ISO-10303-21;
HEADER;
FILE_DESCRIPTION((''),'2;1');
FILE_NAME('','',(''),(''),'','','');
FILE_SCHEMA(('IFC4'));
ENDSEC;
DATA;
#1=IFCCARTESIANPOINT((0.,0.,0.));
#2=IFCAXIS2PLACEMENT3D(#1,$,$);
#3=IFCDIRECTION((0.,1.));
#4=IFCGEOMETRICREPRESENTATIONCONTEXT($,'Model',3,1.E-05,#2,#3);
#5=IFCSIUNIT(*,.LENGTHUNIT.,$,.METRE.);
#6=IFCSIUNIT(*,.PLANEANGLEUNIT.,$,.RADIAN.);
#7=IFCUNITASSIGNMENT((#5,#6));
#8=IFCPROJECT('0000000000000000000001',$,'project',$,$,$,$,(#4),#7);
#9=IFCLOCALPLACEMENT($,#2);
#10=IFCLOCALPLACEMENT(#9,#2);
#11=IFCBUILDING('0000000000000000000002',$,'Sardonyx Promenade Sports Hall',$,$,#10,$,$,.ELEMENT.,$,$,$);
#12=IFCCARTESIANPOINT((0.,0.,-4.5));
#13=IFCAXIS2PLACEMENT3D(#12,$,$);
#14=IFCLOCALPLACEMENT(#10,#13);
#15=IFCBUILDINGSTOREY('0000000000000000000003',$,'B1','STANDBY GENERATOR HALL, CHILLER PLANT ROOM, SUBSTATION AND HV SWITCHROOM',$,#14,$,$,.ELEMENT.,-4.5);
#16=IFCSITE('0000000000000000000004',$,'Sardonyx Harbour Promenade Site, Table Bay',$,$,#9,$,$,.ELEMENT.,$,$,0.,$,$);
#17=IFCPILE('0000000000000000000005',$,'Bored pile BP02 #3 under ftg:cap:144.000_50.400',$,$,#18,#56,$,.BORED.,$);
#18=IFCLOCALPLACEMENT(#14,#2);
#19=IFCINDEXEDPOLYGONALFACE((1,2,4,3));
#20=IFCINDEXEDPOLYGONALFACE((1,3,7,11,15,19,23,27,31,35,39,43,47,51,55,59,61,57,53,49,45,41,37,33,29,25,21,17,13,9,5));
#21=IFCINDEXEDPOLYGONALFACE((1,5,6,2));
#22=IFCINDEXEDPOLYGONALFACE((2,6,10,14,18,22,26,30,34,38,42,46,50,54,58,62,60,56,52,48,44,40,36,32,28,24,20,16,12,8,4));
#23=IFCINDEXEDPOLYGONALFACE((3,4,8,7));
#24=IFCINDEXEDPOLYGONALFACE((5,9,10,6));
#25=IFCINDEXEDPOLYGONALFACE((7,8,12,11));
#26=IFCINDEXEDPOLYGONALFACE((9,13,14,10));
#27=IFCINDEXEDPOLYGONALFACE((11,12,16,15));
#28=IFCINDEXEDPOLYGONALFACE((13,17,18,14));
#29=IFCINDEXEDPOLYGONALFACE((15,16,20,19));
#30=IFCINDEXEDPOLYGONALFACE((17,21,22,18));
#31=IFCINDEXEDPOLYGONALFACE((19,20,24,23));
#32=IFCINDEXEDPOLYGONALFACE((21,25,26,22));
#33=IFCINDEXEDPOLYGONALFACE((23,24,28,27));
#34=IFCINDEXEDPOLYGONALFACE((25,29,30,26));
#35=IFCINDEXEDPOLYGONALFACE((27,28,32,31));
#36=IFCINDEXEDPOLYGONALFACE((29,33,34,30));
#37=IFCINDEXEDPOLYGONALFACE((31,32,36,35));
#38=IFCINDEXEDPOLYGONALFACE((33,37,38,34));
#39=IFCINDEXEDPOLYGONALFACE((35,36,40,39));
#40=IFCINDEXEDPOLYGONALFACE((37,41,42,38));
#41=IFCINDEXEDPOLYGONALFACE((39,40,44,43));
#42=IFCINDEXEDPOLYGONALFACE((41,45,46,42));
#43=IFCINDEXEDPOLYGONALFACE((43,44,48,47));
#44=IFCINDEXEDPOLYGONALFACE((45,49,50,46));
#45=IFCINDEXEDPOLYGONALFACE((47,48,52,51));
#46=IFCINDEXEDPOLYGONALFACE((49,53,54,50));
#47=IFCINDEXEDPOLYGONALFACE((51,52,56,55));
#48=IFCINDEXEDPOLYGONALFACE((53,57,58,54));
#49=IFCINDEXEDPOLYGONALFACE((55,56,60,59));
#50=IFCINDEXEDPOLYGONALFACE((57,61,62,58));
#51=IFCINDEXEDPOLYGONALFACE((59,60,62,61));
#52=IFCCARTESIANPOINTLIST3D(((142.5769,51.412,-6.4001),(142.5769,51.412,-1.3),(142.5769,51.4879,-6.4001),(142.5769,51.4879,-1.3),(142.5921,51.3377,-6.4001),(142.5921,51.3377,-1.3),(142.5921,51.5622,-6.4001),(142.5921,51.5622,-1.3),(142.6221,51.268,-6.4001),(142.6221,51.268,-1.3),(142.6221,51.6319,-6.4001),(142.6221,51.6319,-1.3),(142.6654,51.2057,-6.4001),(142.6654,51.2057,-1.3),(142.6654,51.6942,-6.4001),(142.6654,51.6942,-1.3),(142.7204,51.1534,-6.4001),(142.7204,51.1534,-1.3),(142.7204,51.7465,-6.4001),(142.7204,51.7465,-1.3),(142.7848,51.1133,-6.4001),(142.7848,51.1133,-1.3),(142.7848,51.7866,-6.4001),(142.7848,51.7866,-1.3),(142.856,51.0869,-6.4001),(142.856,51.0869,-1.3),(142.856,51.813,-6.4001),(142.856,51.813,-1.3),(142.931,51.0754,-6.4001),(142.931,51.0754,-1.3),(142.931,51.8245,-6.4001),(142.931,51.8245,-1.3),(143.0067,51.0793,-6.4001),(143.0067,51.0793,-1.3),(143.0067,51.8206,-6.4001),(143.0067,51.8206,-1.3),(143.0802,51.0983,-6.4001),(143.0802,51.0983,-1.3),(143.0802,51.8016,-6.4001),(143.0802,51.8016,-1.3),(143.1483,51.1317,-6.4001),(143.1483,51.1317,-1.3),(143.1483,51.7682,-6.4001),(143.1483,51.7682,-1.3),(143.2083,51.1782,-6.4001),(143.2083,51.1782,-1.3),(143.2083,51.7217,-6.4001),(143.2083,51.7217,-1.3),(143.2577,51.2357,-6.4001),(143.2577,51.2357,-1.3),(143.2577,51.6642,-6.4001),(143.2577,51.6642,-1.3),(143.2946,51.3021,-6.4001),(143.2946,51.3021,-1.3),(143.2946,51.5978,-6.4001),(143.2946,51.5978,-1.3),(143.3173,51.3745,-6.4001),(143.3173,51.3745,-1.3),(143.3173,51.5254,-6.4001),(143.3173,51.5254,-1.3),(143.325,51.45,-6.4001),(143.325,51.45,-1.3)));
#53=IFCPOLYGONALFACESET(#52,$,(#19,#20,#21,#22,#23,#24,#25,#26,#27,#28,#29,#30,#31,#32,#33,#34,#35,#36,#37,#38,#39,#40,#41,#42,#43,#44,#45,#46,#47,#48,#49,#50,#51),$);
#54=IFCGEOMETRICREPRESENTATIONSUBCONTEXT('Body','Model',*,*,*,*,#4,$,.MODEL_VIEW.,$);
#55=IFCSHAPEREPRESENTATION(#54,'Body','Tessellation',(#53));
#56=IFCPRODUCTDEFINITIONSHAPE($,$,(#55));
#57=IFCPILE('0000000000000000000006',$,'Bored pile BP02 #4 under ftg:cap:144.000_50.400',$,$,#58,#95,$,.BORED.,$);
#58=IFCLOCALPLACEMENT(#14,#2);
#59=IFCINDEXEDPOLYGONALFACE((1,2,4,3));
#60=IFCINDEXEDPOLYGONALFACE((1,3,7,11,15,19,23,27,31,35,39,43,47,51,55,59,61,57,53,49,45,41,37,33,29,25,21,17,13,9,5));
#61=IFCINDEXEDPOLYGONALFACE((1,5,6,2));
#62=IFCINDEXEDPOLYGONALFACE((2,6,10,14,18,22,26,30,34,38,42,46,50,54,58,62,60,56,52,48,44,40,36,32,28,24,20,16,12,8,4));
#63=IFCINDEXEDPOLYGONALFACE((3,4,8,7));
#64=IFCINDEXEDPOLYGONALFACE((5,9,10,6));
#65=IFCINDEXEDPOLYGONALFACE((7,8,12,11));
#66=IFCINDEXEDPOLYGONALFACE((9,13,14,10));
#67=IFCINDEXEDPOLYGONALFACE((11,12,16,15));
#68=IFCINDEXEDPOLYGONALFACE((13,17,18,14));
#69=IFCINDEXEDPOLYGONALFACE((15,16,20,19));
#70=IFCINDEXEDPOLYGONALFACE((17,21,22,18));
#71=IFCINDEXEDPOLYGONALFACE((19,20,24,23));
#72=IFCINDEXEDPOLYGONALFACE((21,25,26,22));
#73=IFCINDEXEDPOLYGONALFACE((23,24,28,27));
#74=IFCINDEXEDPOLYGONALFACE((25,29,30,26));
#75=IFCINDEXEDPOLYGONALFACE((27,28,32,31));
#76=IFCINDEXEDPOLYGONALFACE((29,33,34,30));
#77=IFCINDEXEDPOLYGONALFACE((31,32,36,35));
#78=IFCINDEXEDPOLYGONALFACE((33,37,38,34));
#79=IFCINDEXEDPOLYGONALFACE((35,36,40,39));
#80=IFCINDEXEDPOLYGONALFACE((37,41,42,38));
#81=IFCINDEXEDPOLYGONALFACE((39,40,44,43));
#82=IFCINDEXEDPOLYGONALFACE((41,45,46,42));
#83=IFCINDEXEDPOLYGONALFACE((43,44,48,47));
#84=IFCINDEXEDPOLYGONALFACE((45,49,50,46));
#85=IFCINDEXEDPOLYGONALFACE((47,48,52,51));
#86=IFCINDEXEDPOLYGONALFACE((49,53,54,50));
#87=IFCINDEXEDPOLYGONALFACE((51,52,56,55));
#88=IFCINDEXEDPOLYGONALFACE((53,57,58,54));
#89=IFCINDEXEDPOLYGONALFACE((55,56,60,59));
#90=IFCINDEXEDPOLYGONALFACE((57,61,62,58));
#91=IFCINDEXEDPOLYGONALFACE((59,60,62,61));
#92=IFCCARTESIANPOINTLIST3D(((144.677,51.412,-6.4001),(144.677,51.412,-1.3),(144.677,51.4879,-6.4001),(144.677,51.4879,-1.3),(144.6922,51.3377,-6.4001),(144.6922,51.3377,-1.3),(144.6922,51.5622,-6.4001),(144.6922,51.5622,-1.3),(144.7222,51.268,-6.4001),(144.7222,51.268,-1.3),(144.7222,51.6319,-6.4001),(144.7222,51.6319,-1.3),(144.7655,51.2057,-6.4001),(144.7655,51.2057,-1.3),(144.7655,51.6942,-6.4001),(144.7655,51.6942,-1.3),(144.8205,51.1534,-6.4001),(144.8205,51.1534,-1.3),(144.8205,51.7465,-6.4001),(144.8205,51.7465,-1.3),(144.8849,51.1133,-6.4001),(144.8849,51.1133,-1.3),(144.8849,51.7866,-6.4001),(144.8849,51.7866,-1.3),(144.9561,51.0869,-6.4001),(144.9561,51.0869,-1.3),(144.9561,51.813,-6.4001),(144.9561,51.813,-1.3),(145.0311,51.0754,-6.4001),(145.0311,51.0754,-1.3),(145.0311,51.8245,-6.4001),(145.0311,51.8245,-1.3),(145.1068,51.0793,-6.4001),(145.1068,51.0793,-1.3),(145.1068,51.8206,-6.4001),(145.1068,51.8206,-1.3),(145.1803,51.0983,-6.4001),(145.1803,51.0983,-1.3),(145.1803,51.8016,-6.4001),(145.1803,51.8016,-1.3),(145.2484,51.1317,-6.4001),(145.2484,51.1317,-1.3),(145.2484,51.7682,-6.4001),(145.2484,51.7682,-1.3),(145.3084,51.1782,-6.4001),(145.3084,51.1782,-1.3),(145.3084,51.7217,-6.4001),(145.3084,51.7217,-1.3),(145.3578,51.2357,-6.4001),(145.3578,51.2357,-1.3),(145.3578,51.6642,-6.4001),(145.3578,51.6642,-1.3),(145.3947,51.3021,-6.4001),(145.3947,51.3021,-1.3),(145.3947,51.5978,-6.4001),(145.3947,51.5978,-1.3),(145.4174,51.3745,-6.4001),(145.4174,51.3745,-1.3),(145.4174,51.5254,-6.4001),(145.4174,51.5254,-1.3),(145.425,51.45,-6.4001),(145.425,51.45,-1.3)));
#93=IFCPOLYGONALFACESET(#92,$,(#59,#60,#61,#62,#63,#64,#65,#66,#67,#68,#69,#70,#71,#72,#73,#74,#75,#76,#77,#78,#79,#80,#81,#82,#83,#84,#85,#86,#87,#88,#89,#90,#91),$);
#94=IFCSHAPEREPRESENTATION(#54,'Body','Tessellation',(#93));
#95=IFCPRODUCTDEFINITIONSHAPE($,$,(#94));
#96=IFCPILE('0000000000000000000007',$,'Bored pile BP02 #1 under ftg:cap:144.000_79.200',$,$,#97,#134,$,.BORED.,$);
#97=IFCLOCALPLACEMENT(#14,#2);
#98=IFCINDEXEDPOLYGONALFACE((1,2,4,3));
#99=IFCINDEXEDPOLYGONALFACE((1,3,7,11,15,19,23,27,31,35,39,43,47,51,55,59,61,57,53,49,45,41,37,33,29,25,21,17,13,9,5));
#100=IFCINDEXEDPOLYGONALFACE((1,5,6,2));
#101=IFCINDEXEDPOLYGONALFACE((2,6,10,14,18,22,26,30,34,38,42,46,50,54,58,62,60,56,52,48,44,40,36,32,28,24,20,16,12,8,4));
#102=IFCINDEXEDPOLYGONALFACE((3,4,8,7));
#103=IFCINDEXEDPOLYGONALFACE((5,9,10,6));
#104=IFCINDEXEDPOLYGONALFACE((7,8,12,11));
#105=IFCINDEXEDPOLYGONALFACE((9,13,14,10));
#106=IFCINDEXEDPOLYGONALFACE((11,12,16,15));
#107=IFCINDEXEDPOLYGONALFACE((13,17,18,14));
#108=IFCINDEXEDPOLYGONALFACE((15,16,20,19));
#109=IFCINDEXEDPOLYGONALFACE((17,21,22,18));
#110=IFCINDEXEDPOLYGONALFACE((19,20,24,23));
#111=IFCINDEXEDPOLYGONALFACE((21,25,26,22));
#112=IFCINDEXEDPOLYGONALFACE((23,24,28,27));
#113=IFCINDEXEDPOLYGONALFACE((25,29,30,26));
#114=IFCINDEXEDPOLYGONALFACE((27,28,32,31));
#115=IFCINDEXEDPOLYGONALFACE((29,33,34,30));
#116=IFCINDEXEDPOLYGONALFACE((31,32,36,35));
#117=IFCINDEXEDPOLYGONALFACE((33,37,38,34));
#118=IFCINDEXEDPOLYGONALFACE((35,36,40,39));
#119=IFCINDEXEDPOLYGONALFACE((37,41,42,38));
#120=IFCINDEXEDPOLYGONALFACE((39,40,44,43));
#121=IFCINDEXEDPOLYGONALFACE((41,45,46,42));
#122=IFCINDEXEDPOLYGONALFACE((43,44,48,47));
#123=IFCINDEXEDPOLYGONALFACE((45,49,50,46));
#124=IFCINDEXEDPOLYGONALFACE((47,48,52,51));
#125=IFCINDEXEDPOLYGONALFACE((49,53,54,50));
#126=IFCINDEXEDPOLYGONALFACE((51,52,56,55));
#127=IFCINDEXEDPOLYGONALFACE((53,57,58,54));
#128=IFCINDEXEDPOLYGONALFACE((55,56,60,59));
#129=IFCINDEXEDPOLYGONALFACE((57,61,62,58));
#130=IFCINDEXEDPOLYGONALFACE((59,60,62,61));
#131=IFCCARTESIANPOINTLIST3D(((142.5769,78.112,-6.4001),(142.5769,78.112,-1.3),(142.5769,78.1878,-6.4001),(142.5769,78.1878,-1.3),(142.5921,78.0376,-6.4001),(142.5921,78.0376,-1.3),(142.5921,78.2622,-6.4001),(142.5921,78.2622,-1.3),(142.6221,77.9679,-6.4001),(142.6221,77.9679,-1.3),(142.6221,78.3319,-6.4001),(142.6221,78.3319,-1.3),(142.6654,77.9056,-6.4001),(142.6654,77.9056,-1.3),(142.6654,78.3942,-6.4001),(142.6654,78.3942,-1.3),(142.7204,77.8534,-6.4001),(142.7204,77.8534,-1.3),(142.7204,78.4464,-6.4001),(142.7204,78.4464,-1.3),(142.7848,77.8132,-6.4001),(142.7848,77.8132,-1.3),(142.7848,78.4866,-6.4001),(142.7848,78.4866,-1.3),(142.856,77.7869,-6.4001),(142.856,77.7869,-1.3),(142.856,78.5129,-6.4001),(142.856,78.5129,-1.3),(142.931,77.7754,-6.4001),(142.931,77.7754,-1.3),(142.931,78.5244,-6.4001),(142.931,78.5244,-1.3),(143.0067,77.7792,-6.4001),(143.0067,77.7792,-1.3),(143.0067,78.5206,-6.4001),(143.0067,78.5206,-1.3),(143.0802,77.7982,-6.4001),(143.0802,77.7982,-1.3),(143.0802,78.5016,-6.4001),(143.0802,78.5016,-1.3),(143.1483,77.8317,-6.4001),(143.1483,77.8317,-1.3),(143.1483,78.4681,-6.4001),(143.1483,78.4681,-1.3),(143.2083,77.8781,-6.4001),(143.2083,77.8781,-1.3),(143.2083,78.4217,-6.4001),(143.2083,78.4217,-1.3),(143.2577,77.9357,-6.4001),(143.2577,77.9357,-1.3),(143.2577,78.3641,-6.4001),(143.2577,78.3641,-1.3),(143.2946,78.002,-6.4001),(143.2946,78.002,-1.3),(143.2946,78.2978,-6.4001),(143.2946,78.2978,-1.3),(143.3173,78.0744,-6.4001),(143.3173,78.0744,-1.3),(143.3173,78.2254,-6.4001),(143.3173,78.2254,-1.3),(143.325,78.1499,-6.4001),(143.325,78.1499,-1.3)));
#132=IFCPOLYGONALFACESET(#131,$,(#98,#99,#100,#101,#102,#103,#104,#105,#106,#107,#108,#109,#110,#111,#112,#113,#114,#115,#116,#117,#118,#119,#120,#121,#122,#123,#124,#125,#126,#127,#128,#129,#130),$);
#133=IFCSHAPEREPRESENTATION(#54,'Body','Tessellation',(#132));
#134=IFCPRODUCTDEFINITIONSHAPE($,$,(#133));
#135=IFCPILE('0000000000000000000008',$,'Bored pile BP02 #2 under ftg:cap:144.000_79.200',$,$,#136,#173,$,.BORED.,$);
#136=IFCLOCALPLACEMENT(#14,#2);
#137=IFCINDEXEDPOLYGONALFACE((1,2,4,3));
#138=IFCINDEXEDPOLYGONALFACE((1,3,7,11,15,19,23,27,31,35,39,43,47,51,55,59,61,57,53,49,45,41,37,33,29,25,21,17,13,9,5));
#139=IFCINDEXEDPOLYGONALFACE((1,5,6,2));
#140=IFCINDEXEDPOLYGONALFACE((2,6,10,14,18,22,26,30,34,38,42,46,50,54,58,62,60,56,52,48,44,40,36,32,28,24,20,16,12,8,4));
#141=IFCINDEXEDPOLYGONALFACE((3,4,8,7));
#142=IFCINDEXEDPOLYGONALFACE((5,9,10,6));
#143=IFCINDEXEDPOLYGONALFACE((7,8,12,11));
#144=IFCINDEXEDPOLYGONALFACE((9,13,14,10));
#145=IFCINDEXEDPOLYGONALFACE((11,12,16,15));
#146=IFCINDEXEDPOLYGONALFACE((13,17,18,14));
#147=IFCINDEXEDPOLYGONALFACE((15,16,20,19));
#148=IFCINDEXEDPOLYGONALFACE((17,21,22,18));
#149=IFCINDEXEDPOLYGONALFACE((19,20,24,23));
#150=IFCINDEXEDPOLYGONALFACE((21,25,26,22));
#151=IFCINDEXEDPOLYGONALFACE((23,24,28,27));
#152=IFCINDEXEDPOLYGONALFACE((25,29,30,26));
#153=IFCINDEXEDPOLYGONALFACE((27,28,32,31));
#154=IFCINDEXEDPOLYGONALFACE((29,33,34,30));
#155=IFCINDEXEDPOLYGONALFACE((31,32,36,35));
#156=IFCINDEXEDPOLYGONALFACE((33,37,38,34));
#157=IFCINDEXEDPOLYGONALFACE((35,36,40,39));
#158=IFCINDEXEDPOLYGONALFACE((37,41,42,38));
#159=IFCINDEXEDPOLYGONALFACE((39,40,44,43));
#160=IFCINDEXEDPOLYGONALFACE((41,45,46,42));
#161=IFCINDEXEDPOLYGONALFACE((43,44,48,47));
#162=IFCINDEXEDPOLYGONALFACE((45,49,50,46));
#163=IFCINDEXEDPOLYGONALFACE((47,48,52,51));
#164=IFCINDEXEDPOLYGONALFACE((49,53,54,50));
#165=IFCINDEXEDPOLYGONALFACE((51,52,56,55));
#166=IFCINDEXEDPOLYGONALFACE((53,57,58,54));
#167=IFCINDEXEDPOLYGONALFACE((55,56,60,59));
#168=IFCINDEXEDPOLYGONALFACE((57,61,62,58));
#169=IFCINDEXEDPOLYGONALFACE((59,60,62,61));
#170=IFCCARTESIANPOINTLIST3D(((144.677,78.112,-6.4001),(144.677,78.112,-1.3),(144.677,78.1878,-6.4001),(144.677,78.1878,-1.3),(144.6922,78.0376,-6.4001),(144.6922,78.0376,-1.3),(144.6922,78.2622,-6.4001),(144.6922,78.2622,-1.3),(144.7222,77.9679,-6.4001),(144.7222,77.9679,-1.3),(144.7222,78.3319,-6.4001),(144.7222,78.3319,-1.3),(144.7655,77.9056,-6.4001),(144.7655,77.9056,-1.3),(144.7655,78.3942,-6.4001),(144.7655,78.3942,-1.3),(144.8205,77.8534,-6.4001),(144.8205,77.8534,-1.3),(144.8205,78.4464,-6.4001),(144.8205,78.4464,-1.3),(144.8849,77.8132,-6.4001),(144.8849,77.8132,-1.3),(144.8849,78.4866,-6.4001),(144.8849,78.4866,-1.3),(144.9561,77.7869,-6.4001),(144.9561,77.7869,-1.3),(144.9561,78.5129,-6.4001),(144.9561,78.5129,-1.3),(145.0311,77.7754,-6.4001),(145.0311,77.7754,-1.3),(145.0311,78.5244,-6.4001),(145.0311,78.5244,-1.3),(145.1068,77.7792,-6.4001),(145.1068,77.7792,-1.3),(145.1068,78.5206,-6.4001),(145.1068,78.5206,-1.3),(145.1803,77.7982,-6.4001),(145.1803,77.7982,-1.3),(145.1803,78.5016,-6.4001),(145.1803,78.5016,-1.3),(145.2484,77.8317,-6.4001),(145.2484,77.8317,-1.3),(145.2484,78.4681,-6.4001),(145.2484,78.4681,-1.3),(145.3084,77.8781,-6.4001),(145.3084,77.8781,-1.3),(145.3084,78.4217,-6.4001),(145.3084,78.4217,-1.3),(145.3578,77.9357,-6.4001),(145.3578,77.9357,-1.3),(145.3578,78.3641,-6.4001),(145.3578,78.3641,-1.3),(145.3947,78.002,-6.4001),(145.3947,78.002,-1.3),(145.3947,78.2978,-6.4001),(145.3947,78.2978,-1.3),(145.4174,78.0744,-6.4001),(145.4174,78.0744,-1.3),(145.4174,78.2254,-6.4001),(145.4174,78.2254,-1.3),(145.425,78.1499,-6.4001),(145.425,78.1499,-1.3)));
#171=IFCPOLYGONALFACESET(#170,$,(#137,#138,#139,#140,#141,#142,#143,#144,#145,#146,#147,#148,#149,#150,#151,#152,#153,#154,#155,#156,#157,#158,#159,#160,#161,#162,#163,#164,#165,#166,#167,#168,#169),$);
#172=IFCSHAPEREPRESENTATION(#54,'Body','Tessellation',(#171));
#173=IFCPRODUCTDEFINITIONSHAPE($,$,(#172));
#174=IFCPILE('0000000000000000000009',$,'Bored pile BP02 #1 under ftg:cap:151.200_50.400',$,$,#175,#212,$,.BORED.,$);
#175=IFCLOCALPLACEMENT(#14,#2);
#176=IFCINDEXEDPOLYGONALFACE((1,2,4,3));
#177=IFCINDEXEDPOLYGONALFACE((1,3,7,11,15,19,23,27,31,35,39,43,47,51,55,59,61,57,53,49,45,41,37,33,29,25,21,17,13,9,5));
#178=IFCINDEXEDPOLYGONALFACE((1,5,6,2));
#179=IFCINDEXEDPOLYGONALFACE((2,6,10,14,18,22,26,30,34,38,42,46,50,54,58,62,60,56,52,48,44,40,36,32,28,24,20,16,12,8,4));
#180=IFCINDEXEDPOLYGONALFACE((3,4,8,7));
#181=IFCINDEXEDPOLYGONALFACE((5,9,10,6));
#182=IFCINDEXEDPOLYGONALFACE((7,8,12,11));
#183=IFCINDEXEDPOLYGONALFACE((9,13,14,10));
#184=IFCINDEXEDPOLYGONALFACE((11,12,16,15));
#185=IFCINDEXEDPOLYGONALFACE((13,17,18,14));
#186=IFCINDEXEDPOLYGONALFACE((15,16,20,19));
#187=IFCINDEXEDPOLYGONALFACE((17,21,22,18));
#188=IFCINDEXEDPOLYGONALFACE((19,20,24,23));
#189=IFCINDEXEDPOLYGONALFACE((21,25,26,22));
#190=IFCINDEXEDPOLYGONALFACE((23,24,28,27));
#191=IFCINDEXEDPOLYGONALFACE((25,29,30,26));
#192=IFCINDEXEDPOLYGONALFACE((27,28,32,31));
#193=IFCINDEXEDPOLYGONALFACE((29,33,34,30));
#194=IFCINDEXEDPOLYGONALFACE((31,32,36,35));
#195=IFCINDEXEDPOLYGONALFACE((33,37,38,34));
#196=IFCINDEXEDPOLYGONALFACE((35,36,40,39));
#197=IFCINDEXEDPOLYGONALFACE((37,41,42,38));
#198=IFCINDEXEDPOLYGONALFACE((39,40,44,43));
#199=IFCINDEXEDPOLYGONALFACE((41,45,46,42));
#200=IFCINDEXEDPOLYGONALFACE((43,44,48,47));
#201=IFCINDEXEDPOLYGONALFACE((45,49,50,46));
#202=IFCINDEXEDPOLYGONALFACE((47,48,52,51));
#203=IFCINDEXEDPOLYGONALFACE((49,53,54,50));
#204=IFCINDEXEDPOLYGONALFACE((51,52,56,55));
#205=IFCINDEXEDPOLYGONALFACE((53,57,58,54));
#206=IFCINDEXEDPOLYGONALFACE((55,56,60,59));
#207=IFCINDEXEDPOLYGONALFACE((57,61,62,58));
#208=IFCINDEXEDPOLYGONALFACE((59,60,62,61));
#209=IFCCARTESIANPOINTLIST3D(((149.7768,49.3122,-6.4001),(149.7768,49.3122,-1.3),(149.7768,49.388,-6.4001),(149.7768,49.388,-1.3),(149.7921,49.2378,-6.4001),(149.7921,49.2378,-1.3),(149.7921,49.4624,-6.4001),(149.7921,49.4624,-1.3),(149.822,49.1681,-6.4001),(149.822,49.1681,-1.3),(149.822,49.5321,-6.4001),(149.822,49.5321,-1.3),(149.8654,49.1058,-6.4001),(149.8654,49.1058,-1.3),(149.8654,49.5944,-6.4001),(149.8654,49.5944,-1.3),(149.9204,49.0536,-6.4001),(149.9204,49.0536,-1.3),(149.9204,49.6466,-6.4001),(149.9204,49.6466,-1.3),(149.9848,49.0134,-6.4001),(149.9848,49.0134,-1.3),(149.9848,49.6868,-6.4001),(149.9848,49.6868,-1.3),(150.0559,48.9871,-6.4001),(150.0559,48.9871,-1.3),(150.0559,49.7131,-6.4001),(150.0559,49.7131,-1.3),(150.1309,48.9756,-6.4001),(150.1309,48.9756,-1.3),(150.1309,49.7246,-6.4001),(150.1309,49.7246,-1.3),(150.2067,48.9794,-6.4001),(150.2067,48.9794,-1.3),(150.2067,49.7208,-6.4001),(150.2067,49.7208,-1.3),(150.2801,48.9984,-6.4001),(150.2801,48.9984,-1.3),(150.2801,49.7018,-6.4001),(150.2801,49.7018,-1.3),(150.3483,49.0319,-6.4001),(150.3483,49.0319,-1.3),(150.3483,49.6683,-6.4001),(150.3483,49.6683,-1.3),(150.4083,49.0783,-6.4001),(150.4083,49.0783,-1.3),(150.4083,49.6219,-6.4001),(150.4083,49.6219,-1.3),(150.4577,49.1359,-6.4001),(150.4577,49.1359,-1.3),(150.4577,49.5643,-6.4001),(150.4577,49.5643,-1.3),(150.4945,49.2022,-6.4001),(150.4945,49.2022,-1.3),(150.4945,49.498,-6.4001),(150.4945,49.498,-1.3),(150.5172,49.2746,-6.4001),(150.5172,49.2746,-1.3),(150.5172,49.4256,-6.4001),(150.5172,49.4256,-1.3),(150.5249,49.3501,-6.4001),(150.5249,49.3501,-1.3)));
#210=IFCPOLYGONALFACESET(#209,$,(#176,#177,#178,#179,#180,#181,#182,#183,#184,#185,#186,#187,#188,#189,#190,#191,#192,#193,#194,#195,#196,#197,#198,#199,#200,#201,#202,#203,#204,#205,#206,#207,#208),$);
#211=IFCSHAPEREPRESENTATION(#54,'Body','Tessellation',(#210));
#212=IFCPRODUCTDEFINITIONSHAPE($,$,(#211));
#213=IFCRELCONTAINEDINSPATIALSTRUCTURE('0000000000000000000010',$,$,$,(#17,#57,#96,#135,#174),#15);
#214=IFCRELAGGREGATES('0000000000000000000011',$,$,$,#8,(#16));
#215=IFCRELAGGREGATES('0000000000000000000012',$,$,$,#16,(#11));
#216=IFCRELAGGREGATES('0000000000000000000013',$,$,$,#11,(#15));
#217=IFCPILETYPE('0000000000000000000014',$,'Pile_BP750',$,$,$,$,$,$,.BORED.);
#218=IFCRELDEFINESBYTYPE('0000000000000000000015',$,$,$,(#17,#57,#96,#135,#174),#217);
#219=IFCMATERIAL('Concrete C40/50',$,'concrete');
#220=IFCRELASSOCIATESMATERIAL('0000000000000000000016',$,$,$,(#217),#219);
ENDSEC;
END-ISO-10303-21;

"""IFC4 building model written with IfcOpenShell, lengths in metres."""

from ifc_helpers import new_model, si_unit, direction, frame, origin, origin_2d, place, context, subcontext, project, spatial, circle, extrude, material, material_profile, profile_set, type_object, element, save


model = new_model("IFC4")

# Units and contexts
model_context = context("Model", 3, precision=1e-05, world=origin(), true_north=direction((0.0, 1.0)))
body_context = subcontext(model_context, "Body", "Model", "MODEL_VIEW")
ifc_project = project(units=[si_unit("LENGTHUNIT", "METRE"), si_unit("PLANEANGLEUNIT", "RADIAN")], contexts=[model_context])

# Site, building, storey
site_placement = place(None, origin())
site = spatial("IfcSite", under=ifc_project, at=site_placement, Name="Sardonyx Harbour Promenade Site, Table Bay", CompositionType="ELEMENT", RefElevation=0.0)
building_placement = place(site_placement, origin())
building = spatial("IfcBuilding", under=site, at=building_placement, Name="Sardonyx Promenade Sports Hall", CompositionType="ELEMENT")
storey_placement = place(building_placement, frame((0.0, 0.0, -4.5)))
storey = spatial("IfcBuildingStorey", under=building, at=storey_placement, Name="B1", Description="STANDBY GENERATOR HALL, CHILLER PLANT ROOM, SUBSTATION AND HV SWITCHROOM", CompositionType="ELEMENT", Elevation=-4.5)

# Piles
ifc_material_1 = material(Name="Concrete C40/50", Category="concrete")
ifc_material_profile_1 = material_profile(ifc_material_1, circle(Radius=0.375, at=origin_2d()))
ifc_profile_set_1 = profile_set([ifc_material_profile_1], Name="Concrete C40/50")
pile_type_1 = type_object("IfcPileType", Name="Pile_BP750", PredefinedType="BORED", material=ifc_profile_set_1)
for number, where, z_axis, x_axis, name in (
    (1, (142.95, 51.45, -1.3), (0.0, 0.0, -1.0), (1.0, 0.0, 0.0), "Bored pile BP02 #3 under ftg:cap:144.000_50.400"),
    (2, (145.05, 51.45, -1.3), (0.0, 0.0, -1.0), (1.0, 0.0, 0.0), "Bored pile BP02 #4 under ftg:cap:144.000_50.400"),
    (3, (142.95, 78.1499, -1.3), (0.0, 0.0, -1.0), (1.0, 0.0, 0.0), "Bored pile BP02 #1 under ftg:cap:144.000_79.200"),
    (4, (145.05, 78.1499, -1.3), (0.0, 0.0, -1.0), (1.0, 0.0, 0.0), "Bored pile BP02 #2 under ftg:cap:144.000_79.200"),
    (5, (150.1499, 49.3501, -1.3), (0.0, 0.0, -1.0), (1.0, 0.0, 0.0), "Bored pile BP02 #1 under ftg:cap:151.200_50.400"),
):
    element("IfcPile", number, at=place(storey_placement, frame(where, z_axis=z_axis, x_axis=x_axis)), inside=storey, type_object=pile_type_1, Name=name, PredefinedType="BORED", context=body_context, shape_type="SweptSolid", body=[
        extrude(circle(Radius=0.375, at=origin_2d()), origin(), (0.0, 0.0, 1.0), 5.1001),
    ])

save(model, "model.ifc")
